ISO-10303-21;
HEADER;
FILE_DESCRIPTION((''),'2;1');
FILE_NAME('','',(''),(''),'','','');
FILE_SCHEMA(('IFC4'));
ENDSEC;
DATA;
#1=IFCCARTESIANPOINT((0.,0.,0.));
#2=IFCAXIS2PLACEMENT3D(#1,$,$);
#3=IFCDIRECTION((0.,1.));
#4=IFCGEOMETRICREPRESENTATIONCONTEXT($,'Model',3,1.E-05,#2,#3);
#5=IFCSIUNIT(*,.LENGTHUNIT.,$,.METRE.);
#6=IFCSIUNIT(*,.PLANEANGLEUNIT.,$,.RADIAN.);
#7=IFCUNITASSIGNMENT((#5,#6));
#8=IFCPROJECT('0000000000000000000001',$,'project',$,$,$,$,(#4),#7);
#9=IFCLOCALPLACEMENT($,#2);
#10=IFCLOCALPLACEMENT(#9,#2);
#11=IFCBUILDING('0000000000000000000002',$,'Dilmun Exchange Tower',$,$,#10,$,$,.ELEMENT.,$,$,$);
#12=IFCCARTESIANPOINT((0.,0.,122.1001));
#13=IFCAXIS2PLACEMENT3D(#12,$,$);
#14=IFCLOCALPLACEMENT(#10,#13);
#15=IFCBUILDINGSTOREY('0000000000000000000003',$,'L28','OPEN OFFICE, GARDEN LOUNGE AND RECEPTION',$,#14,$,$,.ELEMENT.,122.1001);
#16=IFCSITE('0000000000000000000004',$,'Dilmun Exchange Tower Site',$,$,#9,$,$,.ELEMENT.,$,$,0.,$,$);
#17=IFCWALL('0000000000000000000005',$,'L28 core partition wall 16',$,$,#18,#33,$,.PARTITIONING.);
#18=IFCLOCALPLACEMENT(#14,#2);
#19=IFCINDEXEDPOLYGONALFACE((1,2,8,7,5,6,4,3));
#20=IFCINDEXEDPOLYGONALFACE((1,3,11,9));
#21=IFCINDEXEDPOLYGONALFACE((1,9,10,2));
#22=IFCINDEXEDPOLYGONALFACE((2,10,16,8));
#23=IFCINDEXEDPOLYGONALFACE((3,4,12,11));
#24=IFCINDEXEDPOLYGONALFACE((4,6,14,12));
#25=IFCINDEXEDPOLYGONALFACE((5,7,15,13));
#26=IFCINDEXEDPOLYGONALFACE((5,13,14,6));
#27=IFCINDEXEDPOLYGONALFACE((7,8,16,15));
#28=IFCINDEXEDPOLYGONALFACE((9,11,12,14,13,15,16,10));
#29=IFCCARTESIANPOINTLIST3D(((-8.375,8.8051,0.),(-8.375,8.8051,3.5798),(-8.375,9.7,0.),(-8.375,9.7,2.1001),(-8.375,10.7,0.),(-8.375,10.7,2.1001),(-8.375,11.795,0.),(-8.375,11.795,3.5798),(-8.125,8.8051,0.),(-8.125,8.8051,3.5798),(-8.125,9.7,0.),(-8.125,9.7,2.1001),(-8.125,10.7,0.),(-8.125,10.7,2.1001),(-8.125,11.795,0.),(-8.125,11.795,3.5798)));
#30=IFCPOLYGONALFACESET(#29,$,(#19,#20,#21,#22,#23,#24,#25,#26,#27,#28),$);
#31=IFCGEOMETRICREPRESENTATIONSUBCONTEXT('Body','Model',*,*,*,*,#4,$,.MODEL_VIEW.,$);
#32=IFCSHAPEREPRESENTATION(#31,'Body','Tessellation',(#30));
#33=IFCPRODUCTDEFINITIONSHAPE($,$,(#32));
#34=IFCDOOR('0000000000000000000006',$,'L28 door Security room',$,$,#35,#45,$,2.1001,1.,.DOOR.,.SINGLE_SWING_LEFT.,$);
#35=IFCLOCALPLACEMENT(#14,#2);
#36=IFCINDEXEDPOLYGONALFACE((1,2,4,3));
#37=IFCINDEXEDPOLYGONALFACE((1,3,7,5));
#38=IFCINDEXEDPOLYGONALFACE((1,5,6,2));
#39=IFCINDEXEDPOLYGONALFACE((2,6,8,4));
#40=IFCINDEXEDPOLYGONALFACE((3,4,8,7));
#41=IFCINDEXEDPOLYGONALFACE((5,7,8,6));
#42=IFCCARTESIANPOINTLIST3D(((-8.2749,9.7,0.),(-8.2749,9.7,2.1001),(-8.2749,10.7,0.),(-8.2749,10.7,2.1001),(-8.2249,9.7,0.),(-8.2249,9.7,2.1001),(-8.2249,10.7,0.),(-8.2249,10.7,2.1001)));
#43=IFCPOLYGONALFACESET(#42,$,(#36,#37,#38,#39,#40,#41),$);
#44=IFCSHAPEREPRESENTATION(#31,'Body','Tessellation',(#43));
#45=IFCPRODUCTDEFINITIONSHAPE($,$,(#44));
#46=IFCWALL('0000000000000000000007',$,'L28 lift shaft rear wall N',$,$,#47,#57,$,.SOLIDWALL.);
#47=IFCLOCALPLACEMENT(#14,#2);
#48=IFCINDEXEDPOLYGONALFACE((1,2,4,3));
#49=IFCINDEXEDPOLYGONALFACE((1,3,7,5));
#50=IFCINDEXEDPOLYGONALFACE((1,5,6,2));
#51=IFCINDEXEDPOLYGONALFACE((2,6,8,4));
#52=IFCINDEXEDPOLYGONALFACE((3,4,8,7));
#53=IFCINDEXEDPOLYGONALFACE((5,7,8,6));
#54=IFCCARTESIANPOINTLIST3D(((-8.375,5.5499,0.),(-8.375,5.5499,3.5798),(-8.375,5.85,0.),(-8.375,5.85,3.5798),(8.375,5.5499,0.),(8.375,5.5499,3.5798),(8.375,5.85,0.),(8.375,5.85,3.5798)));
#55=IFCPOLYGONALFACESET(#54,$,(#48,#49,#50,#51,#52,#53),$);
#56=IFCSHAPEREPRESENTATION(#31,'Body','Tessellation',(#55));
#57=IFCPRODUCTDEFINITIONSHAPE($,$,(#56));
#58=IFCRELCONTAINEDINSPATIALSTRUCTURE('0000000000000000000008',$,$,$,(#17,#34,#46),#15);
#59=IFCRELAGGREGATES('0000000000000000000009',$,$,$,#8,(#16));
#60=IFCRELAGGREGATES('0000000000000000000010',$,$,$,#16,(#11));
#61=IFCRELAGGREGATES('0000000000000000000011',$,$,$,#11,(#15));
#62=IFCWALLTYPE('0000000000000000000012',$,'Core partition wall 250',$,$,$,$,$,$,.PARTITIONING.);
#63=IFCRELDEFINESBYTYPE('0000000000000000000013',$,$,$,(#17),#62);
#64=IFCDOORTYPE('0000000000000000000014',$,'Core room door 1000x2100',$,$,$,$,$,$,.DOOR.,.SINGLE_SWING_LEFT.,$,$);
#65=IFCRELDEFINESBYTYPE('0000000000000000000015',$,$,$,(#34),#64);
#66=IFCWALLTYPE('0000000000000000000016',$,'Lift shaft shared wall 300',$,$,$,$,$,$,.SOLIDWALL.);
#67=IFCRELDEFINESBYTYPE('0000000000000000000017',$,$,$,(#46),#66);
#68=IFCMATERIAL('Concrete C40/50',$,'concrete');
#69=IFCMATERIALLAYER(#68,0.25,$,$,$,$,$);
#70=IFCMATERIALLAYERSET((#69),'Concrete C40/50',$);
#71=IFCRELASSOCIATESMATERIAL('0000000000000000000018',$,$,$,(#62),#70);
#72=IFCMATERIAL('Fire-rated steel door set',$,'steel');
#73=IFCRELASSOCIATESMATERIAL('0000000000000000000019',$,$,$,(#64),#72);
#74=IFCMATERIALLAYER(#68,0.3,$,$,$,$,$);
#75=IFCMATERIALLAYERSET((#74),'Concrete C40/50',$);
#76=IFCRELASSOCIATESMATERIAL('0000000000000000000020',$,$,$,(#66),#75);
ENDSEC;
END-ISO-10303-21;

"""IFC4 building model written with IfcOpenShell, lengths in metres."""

from ifc_helpers import new_model, si_unit, direction, frame, frame_2d, origin, place, context, subcontext, project, spatial, rectangle, extrude, material, layer, layer_set, type_object, element, fill, save


model = new_model("IFC4")

# Units and contexts
model_context = context("Model", 3, precision=1e-05, world=origin(), true_north=direction((0.0, 1.0)))
body_context = subcontext(model_context, "Body", "Model", "MODEL_VIEW")
ifc_project = project(units=[si_unit("LENGTHUNIT", "METRE"), si_unit("PLANEANGLEUNIT", "RADIAN")], contexts=[model_context])

# Site, building, storey
site_placement = place(None, origin())
site = spatial("IfcSite", under=ifc_project, at=site_placement, Name="Dilmun Exchange Tower Site", CompositionType="ELEMENT", RefElevation=0.0)
building_placement = place(site_placement, origin())
building = spatial("IfcBuilding", under=site, at=building_placement, Name="Dilmun Exchange Tower", CompositionType="ELEMENT")
storey_placement = place(building_placement, frame((0.0, 0.0, 122.1001)))
storey = spatial("IfcBuildingStorey", under=building, at=storey_placement, Name="L28", Description="OPEN OFFICE, GARDEN LOUNGE AND RECEPTION", CompositionType="ELEMENT", Elevation=122.1001)

# Shared definitions
ifc_material_1 = material(Name="Concrete C40/50", Category="concrete")

# Shared definitions
ifc_layer_1 = layer(ifc_material_1, 0.25)
ifc_layer_set_1 = layer_set([ifc_layer_1], Name="Concrete C40/50")
wall_type_1 = type_object("IfcWallType", Name="Core partition wall 250", PredefinedType="PARTITIONING", material=ifc_layer_set_1)

# Wall, opening, door
wall_1_placement = place(storey_placement, frame((-8.25, 8.8049, 0.0), z_axis=(0.0, 0.0, 1.0), x_axis=(0.0, 1.0, 0.0)))
wall_1 = element("IfcWall", 1, at=wall_1_placement, inside=storey, type_object=wall_type_1, Name="L28 core partition wall 16", PredefinedType="PARTITIONING", context=body_context, shape_type="SweptSolid", body=[
    extrude(rectangle(XDim=2.99, YDim=0.25, at=frame_2d((1.4951, 0.0))), origin(), (0.0, 0.0, 1.0), 3.5798),
])
opening_1_placement = place(wall_1_placement, frame((0.895, 0.0, 0.0)))
opening_1 = element("IfcOpeningElement", 2, at=opening_1_placement, cuts=wall_1, PredefinedType="OPENING", context=body_context, shape_type="SweptSolid", body=[
    extrude(rectangle(XDim=1.0, YDim=2.1001, at=frame_2d((0.5, 1.05))), frame((0.0, 0.135, 0.0), z_axis=(0.0, -1.0, 0.0), x_axis=(1.0, 0.0, 0.0)), (0.0, 0.0, 1.0), 0.27),
])
ifc_material_2 = material(Name="Fire-rated steel door set", Category="steel")
door_type_1 = type_object("IfcDoorType", Name="Core room door 1000x2100", OperationType="SINGLE_SWING_LEFT", PredefinedType="DOOR", material=ifc_material_2)
door_1_placement = place(opening_1_placement, origin())
door_1 = element("IfcDoor", 3, at=door_1_placement, inside=storey, type_object=door_type_1, Name="L28 door Security room", OperationType="SINGLE_SWING_LEFT", OverallHeight=2.1001, OverallWidth=1.0, PredefinedType="DOOR", context=body_context, shape_type="SweptSolid", body=[
    extrude(rectangle(XDim=1.0, YDim=2.1001, at=frame_2d((0.5, 1.05))), frame((0.0, 0.0249, 0.0), z_axis=(0.0, -1.0, 0.0), x_axis=(1.0, 0.0, 0.0)), (0.0, 0.0, 1.0), 0.05),
])
fill(opening_1, door_1)

# Wall
ifc_layer_2 = layer(ifc_material_1, 0.3)
ifc_layer_set_2 = layer_set([ifc_layer_2], Name="Concrete C40/50")
wall_type_2 = type_object("IfcWallType", Name="Lift shaft shared wall 300", PredefinedType="SOLIDWALL", material=ifc_layer_set_2)
wall_2_placement = place(storey_placement, frame((-8.375, 5.7, 0.0), z_axis=(0.0, 0.0, 1.0), x_axis=(1.0, 0.0, 0.0)))
element("IfcWall", 4, at=wall_2_placement, inside=storey, type_object=wall_type_2, Name="L28 lift shaft rear wall N", PredefinedType="SOLIDWALL", context=body_context, shape_type="SweptSolid", body=[
    extrude(rectangle(XDim=16.75, YDim=0.3, at=frame_2d((8.375, 0.0))), origin(), (0.0, 0.0, 1.0), 3.5798),
])

save(model, "model.ifc")
